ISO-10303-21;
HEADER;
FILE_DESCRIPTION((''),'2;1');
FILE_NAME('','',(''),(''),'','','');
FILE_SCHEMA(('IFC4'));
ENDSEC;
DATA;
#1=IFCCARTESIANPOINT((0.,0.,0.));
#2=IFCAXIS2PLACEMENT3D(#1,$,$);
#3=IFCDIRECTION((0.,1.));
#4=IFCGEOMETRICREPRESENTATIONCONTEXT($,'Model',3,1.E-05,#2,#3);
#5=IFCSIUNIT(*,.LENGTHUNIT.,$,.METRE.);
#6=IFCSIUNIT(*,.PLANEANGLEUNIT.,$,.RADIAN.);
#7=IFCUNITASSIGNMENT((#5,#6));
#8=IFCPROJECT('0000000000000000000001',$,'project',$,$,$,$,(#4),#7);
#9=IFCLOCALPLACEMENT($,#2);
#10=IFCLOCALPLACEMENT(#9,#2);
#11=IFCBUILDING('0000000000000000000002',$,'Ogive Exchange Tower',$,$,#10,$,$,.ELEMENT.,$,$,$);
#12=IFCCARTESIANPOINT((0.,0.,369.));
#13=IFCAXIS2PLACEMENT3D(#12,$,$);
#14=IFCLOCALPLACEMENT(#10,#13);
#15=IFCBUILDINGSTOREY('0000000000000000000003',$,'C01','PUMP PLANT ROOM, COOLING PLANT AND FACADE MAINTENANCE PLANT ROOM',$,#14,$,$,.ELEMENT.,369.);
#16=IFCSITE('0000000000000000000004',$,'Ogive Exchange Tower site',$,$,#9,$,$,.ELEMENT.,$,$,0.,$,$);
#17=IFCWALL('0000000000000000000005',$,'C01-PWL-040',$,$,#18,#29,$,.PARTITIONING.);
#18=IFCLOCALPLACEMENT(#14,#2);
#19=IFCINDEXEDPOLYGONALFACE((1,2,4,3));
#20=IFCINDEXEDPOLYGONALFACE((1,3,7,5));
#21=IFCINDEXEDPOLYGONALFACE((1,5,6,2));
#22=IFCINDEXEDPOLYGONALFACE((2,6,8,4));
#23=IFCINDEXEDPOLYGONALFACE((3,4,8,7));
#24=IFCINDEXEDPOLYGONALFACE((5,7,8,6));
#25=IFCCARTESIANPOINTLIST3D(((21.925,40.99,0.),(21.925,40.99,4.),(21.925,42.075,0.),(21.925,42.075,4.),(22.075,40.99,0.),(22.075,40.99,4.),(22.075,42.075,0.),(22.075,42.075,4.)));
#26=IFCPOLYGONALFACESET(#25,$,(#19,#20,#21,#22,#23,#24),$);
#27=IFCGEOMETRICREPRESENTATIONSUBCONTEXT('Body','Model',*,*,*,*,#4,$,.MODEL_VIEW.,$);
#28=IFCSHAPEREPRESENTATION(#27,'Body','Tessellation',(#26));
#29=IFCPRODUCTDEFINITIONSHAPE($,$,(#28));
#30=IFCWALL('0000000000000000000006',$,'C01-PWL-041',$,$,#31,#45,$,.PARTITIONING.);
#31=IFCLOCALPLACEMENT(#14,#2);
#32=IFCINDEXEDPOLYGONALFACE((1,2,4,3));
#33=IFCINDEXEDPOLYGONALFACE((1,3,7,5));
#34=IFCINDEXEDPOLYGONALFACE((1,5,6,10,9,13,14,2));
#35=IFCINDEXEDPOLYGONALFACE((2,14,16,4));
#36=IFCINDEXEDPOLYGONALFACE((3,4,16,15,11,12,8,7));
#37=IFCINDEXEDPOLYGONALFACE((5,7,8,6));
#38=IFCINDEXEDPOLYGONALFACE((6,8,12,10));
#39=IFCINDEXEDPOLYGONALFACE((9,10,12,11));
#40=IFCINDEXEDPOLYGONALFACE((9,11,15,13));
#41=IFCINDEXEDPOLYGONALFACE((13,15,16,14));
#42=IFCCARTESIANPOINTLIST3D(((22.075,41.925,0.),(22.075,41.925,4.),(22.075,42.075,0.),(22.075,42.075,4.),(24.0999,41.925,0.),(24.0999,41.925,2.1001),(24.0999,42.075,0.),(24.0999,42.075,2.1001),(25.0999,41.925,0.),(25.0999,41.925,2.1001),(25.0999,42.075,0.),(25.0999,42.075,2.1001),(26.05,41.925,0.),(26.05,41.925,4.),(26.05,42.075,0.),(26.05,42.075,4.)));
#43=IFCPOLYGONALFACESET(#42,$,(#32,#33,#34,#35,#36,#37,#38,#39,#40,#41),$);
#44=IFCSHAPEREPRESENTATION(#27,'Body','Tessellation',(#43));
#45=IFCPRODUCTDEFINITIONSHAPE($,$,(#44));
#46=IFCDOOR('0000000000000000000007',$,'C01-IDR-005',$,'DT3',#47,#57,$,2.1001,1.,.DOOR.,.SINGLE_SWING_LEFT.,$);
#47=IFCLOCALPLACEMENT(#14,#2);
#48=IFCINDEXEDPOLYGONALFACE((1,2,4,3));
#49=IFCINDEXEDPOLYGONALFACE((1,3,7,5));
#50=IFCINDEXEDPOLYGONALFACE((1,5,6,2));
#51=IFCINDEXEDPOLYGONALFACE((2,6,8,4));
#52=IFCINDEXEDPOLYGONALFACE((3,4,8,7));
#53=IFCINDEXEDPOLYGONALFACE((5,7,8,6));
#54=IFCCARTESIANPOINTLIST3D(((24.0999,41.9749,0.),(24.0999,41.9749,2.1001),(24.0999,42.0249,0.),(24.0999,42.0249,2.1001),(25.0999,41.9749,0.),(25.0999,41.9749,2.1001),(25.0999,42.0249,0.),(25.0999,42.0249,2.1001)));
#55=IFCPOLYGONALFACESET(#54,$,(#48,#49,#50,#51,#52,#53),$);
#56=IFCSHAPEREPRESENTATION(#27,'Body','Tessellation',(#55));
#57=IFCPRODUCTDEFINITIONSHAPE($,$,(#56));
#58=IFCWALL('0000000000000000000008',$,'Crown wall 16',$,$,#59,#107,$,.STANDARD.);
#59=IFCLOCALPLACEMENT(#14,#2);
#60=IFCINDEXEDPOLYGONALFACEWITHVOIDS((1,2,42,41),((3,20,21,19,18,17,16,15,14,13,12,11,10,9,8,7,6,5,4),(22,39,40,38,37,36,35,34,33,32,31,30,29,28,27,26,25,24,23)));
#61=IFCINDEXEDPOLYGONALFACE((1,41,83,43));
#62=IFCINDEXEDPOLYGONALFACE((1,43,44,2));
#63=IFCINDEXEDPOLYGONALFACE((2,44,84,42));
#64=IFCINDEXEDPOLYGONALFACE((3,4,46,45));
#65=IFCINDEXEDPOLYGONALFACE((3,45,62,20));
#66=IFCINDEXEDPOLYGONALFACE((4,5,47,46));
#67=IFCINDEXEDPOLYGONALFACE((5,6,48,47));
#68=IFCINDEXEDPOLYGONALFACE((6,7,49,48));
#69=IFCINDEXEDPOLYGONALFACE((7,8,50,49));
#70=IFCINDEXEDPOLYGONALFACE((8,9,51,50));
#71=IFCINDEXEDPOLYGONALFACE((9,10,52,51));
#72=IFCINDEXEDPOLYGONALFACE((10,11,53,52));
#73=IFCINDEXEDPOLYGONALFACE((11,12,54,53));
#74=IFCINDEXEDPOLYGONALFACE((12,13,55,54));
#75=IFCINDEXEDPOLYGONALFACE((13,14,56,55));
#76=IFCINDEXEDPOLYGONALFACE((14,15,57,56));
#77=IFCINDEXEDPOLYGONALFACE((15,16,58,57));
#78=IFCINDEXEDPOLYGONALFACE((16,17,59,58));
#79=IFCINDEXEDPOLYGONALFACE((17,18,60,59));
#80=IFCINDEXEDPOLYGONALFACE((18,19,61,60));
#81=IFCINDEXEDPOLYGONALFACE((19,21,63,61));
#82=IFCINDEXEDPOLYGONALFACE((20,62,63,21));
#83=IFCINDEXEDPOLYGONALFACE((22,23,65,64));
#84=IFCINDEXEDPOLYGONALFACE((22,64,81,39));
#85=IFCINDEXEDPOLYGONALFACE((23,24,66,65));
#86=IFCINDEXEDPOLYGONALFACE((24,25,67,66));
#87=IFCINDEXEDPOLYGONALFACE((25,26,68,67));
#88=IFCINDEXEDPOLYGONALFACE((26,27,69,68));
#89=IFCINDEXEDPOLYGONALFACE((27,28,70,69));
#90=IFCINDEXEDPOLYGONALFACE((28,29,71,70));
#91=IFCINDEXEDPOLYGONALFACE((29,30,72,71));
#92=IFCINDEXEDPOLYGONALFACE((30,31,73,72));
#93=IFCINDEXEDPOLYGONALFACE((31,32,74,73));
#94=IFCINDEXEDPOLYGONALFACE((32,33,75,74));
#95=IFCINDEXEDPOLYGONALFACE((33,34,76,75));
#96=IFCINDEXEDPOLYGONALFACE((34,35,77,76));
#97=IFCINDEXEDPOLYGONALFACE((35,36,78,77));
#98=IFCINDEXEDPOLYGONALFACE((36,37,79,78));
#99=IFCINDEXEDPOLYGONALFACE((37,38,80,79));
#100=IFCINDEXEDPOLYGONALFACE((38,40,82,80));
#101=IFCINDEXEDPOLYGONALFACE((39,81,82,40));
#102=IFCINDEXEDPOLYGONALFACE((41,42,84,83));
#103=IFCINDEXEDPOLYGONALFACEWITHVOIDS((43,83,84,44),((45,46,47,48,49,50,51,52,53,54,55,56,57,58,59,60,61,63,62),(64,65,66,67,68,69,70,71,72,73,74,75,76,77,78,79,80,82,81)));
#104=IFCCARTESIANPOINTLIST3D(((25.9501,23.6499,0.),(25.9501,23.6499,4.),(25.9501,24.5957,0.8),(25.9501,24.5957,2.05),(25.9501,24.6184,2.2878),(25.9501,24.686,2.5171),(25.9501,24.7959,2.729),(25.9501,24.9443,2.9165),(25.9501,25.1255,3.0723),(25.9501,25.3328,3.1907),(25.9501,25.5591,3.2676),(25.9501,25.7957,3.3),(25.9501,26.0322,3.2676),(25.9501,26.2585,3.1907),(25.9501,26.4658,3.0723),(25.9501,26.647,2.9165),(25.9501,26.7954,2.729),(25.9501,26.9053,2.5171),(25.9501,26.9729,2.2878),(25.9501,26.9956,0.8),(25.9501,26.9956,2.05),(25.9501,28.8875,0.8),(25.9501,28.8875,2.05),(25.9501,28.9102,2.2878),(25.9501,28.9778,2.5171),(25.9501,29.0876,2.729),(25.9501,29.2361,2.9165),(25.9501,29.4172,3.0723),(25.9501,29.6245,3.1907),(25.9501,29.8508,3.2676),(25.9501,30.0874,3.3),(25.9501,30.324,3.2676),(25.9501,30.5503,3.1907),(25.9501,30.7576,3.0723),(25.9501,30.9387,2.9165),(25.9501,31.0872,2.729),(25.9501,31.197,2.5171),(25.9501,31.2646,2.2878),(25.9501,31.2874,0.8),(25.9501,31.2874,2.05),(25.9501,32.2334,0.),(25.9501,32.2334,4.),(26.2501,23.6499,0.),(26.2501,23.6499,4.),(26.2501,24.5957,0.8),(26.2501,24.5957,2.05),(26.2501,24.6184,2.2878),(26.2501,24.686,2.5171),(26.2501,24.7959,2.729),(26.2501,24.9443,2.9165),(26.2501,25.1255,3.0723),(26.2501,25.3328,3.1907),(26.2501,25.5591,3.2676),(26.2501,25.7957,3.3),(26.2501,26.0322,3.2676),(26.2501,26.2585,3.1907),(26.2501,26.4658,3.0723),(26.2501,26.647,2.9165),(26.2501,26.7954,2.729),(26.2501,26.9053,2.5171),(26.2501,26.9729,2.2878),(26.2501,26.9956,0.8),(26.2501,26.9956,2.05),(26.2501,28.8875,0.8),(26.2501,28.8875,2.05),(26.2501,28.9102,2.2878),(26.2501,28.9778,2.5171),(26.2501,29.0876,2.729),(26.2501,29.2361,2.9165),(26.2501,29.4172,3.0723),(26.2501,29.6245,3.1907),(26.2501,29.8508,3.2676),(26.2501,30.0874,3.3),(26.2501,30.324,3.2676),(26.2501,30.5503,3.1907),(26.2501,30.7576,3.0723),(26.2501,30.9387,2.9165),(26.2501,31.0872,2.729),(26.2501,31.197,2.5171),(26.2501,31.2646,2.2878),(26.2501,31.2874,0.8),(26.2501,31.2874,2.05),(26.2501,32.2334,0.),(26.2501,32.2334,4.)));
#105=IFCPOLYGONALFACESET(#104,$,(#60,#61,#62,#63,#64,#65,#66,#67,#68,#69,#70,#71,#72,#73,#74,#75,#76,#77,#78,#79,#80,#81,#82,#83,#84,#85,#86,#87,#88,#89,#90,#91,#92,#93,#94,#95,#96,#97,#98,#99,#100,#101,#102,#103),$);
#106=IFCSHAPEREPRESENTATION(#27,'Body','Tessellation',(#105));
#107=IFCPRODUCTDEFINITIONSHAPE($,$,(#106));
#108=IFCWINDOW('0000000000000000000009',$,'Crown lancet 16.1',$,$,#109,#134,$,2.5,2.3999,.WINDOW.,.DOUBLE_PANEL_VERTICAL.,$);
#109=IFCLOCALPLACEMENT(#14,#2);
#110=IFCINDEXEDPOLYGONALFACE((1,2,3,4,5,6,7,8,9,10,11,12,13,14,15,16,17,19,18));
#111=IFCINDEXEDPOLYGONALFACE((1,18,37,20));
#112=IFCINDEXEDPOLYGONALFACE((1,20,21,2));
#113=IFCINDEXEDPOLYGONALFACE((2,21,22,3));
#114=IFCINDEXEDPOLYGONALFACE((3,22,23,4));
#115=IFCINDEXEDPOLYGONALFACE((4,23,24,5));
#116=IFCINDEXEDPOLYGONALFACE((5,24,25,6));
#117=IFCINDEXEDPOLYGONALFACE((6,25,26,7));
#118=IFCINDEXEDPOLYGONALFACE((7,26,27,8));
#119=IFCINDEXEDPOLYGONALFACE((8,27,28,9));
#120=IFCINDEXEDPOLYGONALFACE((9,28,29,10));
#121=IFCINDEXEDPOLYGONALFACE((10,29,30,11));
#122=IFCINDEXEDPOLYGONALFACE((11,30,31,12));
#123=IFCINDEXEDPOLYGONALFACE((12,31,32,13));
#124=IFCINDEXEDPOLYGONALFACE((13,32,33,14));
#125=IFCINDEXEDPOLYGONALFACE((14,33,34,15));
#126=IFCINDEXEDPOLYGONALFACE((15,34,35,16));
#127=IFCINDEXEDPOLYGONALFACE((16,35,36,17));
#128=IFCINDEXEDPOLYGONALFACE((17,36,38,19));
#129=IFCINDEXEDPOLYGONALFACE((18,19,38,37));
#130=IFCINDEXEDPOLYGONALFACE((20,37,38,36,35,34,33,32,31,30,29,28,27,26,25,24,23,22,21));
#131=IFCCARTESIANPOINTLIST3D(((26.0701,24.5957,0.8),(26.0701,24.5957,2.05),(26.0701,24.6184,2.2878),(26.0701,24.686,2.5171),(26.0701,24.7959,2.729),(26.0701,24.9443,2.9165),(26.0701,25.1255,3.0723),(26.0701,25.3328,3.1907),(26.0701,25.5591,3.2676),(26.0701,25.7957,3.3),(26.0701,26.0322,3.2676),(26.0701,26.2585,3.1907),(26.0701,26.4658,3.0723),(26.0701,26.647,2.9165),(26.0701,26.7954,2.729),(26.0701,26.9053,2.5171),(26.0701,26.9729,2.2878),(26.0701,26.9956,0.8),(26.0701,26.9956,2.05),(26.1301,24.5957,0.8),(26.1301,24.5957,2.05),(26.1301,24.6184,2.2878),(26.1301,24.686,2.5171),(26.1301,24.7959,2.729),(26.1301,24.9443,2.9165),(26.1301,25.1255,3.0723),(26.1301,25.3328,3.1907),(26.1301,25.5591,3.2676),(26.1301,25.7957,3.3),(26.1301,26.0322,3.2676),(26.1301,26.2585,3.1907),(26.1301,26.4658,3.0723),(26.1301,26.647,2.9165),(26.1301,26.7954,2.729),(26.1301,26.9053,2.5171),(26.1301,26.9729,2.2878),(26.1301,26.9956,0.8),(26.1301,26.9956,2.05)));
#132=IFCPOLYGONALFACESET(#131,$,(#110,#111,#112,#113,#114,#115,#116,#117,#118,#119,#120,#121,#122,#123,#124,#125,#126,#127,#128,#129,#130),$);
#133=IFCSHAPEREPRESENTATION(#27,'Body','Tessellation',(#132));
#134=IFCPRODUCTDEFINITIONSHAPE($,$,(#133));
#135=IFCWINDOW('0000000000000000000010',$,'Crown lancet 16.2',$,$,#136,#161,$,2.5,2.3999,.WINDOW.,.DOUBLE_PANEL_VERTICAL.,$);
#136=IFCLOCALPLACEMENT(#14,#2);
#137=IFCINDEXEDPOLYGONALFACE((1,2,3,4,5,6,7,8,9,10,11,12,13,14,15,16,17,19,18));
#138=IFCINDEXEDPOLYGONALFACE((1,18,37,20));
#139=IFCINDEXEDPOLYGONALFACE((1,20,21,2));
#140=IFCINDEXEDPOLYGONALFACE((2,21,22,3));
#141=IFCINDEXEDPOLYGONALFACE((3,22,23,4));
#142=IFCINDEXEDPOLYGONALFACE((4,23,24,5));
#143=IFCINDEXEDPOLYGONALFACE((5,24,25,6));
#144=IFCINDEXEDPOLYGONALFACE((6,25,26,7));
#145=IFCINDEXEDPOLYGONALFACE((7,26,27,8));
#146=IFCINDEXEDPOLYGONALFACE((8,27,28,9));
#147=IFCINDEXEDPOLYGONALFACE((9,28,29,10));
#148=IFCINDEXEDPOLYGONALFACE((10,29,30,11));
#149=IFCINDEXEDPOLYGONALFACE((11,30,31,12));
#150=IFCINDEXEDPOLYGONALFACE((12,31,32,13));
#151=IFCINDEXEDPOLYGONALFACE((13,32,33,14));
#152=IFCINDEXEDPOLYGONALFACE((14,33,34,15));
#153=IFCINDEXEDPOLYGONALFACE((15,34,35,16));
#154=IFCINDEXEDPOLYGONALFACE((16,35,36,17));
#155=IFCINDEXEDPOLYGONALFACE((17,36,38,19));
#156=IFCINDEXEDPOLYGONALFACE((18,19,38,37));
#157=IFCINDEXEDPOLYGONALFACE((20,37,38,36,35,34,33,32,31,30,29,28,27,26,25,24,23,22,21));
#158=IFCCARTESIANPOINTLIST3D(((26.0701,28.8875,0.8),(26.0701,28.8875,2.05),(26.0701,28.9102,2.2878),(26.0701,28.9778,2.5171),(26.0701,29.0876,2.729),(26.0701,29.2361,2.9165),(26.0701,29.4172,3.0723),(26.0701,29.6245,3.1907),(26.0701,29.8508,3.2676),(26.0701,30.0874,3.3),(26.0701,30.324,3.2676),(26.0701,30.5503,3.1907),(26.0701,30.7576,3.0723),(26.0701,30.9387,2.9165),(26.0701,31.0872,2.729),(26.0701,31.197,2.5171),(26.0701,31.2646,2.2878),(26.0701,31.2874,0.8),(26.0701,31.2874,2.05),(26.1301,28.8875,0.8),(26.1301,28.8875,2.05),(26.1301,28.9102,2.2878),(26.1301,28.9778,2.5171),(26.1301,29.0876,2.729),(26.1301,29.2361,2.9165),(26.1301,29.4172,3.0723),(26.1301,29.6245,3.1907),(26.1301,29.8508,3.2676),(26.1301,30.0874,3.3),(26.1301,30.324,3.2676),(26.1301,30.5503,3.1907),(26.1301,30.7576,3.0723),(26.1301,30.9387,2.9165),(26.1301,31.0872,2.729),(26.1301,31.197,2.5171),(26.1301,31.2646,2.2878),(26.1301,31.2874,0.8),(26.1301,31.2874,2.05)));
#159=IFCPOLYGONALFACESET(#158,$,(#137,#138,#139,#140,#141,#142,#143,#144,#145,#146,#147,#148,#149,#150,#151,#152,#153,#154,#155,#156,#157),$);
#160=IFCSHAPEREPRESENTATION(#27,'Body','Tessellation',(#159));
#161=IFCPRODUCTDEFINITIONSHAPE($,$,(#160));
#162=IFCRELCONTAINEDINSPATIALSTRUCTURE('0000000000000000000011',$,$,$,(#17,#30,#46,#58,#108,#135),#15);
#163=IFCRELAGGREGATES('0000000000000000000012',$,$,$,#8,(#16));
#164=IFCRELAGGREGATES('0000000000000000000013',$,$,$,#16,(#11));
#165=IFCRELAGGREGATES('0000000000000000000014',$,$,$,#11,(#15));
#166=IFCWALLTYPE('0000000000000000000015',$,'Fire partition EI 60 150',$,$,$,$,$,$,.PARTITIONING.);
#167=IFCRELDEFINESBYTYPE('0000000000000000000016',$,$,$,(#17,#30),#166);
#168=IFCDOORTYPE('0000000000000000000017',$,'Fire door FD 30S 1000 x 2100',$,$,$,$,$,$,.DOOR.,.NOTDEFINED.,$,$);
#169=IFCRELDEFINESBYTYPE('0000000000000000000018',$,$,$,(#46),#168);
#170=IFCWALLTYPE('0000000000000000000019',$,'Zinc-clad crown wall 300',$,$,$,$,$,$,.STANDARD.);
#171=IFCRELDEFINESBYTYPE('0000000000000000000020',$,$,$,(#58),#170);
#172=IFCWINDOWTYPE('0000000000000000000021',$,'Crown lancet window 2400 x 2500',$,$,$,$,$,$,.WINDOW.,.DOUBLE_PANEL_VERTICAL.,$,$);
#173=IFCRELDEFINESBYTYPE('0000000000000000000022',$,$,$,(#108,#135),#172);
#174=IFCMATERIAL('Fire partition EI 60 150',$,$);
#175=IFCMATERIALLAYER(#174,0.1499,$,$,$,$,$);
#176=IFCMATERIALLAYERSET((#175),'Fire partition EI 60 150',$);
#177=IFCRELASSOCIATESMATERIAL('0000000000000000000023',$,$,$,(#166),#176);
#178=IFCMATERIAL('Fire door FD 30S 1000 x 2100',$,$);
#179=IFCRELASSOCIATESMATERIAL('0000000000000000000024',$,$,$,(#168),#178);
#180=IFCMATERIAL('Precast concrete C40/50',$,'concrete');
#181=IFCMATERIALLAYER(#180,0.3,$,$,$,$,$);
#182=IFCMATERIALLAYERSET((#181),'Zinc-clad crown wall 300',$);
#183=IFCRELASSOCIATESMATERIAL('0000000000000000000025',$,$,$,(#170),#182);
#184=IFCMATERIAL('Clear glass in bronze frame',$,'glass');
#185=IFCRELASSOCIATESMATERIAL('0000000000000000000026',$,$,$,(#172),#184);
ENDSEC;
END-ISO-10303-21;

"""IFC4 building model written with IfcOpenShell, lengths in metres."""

from ifc_helpers import new_model, si_unit, direction, frame, frame_2d, origin, place, context, subcontext, project, spatial, polyline, rectangle, outline, extrude, material, layer, layer_set, type_object, element, fill, save


model = new_model("IFC4")

# Units and contexts
model_context = context("Model", 3, precision=1e-05, world=origin(), true_north=direction((0.0, 1.0)))
body_context = subcontext(model_context, "Body", "Model", "MODEL_VIEW")
ifc_project = project(units=[si_unit("LENGTHUNIT", "METRE"), si_unit("PLANEANGLEUNIT", "RADIAN")], contexts=[model_context])

# Site, building, storey
site_placement = place(None, origin())
site = spatial("IfcSite", under=ifc_project, at=site_placement, Name="Ogive Exchange Tower site", CompositionType="ELEMENT", RefElevation=0.0)
building_placement = place(site_placement, origin())
building = spatial("IfcBuilding", under=site, at=building_placement, Name="Ogive Exchange Tower", CompositionType="ELEMENT")
storey_placement = place(building_placement, frame((0.0, 0.0, 369.0)))
storey = spatial("IfcBuildingStorey", under=building, at=storey_placement, Name="C01", Description="PUMP PLANT ROOM, COOLING PLANT AND FACADE MAINTENANCE PLANT ROOM", CompositionType="ELEMENT", Elevation=369.0)

# Wall
ifc_material_1 = material(Name="Fire partition EI 60 150")
ifc_layer_1 = layer(ifc_material_1, 0.1499)
ifc_layer_set_1 = layer_set([ifc_layer_1], Name="Fire partition EI 60 150")
wall_type_1 = type_object("IfcWallType", Name="Fire partition EI 60 150", PredefinedType="PARTITIONING", material=ifc_layer_set_1)
wall_1_placement = place(storey_placement, frame((22.0, 40.99, 0.0), z_axis=(0.0, 0.0, 1.0), x_axis=(0.0, 1.0, 0.0)))
element("IfcWall", 1, at=wall_1_placement, inside=storey, type_object=wall_type_1, Name="C01-PWL-040", PredefinedType="PARTITIONING", context=body_context, shape_type="SweptSolid", body=[
    extrude(rectangle(XDim=1.085, YDim=0.1499, at=frame_2d((0.5425, 0.0))), origin(), (0.0, 0.0, 1.0), 4.0),
])

# Wall, opening, door
wall_2_placement = place(storey_placement, frame((22.075, 42.0, 0.0), z_axis=(0.0, 0.0, 1.0), x_axis=(1.0, 0.0, 0.0)))
wall_2 = element("IfcWall", 2, at=wall_2_placement, inside=storey, type_object=wall_type_1, Name="C01-PWL-041", PredefinedType="PARTITIONING", context=body_context, shape_type="SweptSolid", body=[
    extrude(rectangle(XDim=3.9751, YDim=0.1499, at=frame_2d((1.9875, 0.0))), origin(), (0.0, 0.0, 1.0), 4.0),
])
opening_1_placement = place(wall_2_placement, frame((2.0249, 0.0, 0.0)))
opening_1 = element("IfcOpeningElement", 3, at=opening_1_placement, cuts=wall_2, PredefinedType="OPENING", context=body_context, shape_type="SweptSolid", body=[
    extrude(rectangle(XDim=1.0, YDim=2.1001, at=frame_2d((0.5, 1.05))), frame((0.0, 0.085, 0.0), z_axis=(0.0, -1.0, 0.0), x_axis=(1.0, 0.0, 0.0)), (0.0, 0.0, 1.0), 0.1699),
])
ifc_material_2 = material(Name="Fire door FD 30S 1000 x 2100")
door_type = type_object("IfcDoorType", Name="Fire door FD 30S 1000 x 2100", OperationType="NOTDEFINED", PredefinedType="DOOR", material=ifc_material_2)
door_placement = place(opening_1_placement, origin())
door = element("IfcDoor", 4, at=door_placement, inside=storey, type_object=door_type, Name="C01-IDR-005", ObjectType="DT3", OperationType="SINGLE_SWING_LEFT", OverallHeight=2.1001, OverallWidth=1.0, PredefinedType="DOOR", context=body_context, shape_type="SweptSolid", body=[
    extrude(rectangle(XDim=1.0, YDim=2.1001, at=frame_2d((0.5, 1.05))), frame((0.0, 0.0249, 0.0), z_axis=(0.0, -1.0, 0.0), x_axis=(1.0, 0.0, 0.0)), (0.0, 0.0, 1.0), 0.05),
])
fill(opening_1, door)

# Wall, openings, windows
ifc_material_3 = material(Name="Precast concrete C40/50", Category="concrete")
ifc_layer_2 = layer(ifc_material_3, 0.3)
ifc_layer_set_2 = layer_set([ifc_layer_2], Name="Zinc-clad crown wall 300")
wall_type_2 = type_object("IfcWallType", Name="Zinc-clad crown wall 300", PredefinedType="STANDARD", material=ifc_layer_set_2)
wall_3_placement = place(storey_placement, frame((26.1001, 23.6499, 0.0), z_axis=(0.0, 0.0, 1.0), x_axis=(0.0, 1.0, 0.0)))
wall_3 = element("IfcWall", 5, at=wall_3_placement, inside=storey, type_object=wall_type_2, Name="Crown wall 16", PredefinedType="STANDARD", context=body_context, shape_type="SweptSolid", body=[
    extrude(rectangle(XDim=8.5835, YDim=0.3, at=frame_2d((4.2917, 0.0))), origin(), (0.0, 0.0, 1.0), 4.0),
])
opening_2_placement = place(wall_3_placement, frame((0.9458, 0.0, 0.8)))
opening_2 = element("IfcOpeningElement", 6, at=opening_2_placement, cuts=wall_3, PredefinedType="OPENING", context=body_context, shape_type="SweptSolid", body=[
    extrude(outline(polyline([(0.0, 0.0), (2.3999, 0.0), (2.3999, 1.25), (2.3772, 1.4878), (2.3096, 1.717), (2.1997, 1.929), (2.0513, 2.1165), (1.8701, 2.2722), (1.6628, 2.3906), (1.4365, 2.4675), (1.2, 2.5), (0.9634, 2.4675), (0.7371, 2.3906), (0.5298, 2.2722), (0.3486, 2.1165), (0.2002, 1.929), (0.0903, 1.717), (0.0227, 1.4878), (0.0, 1.25), (0.0, 0.0)])), frame((0.0, 0.1599, 0.0), z_axis=(0.0, -1.0, 0.0), x_axis=(1.0, 0.0, 0.0)), (0.0, 0.0, 1.0), 0.3201),
])
opening_3_placement = place(wall_3_placement, frame((5.2375, 0.0, 0.8)))
opening_3 = element("IfcOpeningElement", 7, at=opening_3_placement, cuts=wall_3, PredefinedType="OPENING", context=body_context, shape_type="SweptSolid", body=[
    extrude(outline(polyline([(0.0, 0.0), (2.3999, 0.0), (2.3999, 1.25), (2.3772, 1.4878), (2.3096, 1.717), (2.1997, 1.929), (2.0513, 2.1165), (1.8701, 2.2722), (1.6628, 2.3906), (1.4365, 2.4675), (1.2, 2.5), (0.9634, 2.4675), (0.7371, 2.3906), (0.5298, 2.2722), (0.3486, 2.1165), (0.2002, 1.929), (0.0903, 1.717), (0.0227, 1.4878), (0.0, 1.25), (0.0, 0.0)])), frame((0.0, 0.1599, 0.0), z_axis=(0.0, -1.0, 0.0), x_axis=(1.0, 0.0, 0.0)), (0.0, 0.0, 1.0), 0.3201),
])
ifc_material_4 = material(Name="Clear glass in bronze frame", Category="glass")
window_type = type_object("IfcWindowType", Name="Crown lancet window 2400 x 2500", PartitioningType="DOUBLE_PANEL_VERTICAL", PredefinedType="WINDOW", material=ifc_material_4)
window_1_placement = place(opening_2_placement, origin())
window_1 = element("IfcWindow", 8, at=window_1_placement, inside=storey, type_object=window_type, Name="Crown lancet 16.1", OverallHeight=2.5, OverallWidth=2.3999, PartitioningType="DOUBLE_PANEL_VERTICAL", PredefinedType="WINDOW", context=body_context, shape_type="SweptSolid", body=[
    extrude(outline(polyline([(0.0, 0.0), (2.3999, 0.0), (2.3999, 1.25), (2.3772, 1.4878), (2.3096, 1.717), (2.1997, 1.929), (2.0513, 2.1165), (1.8701, 2.2722), (1.6628, 2.3906), (1.4365, 2.4675), (1.2, 2.5), (0.9634, 2.4675), (0.7371, 2.3906), (0.5298, 2.2722), (0.3486, 2.1165), (0.2002, 1.929), (0.0903, 1.717), (0.0227, 1.4878), (0.0, 1.25), (0.0, 0.0)])), frame((0.0, 0.03, 0.0), z_axis=(0.0, -1.0, 0.0), x_axis=(1.0, 0.0, 0.0)), (0.0, 0.0, 1.0), 0.0601),
])
fill(opening_2, window_1)
window_2_placement = place(opening_3_placement, origin())
window_2 = element("IfcWindow", 9, at=window_2_placement, inside=storey, type_object=window_type, Name="Crown lancet 16.2", OverallHeight=2.5, OverallWidth=2.3999, PartitioningType="DOUBLE_PANEL_VERTICAL", PredefinedType="WINDOW", context=body_context, shape_type="SweptSolid", body=[
    extrude(outline(polyline([(0.0, 0.0), (2.3999, 0.0), (2.3999, 1.25), (2.3772, 1.4878), (2.3096, 1.717), (2.1997, 1.929), (2.0513, 2.1165), (1.8701, 2.2722), (1.6628, 2.3906), (1.4365, 2.4675), (1.2, 2.5), (0.9634, 2.4675), (0.7371, 2.3906), (0.5298, 2.2722), (0.3486, 2.1165), (0.2002, 1.929), (0.0903, 1.717), (0.0227, 1.4878), (0.0, 1.25), (0.0, 0.0)])), frame((0.0, 0.03, 0.0), z_axis=(0.0, -1.0, 0.0), x_axis=(1.0, 0.0, 0.0)), (0.0, 0.0, 1.0), 0.0601),
])
fill(opening_3, window_2)

save(model, "model.ifc")
